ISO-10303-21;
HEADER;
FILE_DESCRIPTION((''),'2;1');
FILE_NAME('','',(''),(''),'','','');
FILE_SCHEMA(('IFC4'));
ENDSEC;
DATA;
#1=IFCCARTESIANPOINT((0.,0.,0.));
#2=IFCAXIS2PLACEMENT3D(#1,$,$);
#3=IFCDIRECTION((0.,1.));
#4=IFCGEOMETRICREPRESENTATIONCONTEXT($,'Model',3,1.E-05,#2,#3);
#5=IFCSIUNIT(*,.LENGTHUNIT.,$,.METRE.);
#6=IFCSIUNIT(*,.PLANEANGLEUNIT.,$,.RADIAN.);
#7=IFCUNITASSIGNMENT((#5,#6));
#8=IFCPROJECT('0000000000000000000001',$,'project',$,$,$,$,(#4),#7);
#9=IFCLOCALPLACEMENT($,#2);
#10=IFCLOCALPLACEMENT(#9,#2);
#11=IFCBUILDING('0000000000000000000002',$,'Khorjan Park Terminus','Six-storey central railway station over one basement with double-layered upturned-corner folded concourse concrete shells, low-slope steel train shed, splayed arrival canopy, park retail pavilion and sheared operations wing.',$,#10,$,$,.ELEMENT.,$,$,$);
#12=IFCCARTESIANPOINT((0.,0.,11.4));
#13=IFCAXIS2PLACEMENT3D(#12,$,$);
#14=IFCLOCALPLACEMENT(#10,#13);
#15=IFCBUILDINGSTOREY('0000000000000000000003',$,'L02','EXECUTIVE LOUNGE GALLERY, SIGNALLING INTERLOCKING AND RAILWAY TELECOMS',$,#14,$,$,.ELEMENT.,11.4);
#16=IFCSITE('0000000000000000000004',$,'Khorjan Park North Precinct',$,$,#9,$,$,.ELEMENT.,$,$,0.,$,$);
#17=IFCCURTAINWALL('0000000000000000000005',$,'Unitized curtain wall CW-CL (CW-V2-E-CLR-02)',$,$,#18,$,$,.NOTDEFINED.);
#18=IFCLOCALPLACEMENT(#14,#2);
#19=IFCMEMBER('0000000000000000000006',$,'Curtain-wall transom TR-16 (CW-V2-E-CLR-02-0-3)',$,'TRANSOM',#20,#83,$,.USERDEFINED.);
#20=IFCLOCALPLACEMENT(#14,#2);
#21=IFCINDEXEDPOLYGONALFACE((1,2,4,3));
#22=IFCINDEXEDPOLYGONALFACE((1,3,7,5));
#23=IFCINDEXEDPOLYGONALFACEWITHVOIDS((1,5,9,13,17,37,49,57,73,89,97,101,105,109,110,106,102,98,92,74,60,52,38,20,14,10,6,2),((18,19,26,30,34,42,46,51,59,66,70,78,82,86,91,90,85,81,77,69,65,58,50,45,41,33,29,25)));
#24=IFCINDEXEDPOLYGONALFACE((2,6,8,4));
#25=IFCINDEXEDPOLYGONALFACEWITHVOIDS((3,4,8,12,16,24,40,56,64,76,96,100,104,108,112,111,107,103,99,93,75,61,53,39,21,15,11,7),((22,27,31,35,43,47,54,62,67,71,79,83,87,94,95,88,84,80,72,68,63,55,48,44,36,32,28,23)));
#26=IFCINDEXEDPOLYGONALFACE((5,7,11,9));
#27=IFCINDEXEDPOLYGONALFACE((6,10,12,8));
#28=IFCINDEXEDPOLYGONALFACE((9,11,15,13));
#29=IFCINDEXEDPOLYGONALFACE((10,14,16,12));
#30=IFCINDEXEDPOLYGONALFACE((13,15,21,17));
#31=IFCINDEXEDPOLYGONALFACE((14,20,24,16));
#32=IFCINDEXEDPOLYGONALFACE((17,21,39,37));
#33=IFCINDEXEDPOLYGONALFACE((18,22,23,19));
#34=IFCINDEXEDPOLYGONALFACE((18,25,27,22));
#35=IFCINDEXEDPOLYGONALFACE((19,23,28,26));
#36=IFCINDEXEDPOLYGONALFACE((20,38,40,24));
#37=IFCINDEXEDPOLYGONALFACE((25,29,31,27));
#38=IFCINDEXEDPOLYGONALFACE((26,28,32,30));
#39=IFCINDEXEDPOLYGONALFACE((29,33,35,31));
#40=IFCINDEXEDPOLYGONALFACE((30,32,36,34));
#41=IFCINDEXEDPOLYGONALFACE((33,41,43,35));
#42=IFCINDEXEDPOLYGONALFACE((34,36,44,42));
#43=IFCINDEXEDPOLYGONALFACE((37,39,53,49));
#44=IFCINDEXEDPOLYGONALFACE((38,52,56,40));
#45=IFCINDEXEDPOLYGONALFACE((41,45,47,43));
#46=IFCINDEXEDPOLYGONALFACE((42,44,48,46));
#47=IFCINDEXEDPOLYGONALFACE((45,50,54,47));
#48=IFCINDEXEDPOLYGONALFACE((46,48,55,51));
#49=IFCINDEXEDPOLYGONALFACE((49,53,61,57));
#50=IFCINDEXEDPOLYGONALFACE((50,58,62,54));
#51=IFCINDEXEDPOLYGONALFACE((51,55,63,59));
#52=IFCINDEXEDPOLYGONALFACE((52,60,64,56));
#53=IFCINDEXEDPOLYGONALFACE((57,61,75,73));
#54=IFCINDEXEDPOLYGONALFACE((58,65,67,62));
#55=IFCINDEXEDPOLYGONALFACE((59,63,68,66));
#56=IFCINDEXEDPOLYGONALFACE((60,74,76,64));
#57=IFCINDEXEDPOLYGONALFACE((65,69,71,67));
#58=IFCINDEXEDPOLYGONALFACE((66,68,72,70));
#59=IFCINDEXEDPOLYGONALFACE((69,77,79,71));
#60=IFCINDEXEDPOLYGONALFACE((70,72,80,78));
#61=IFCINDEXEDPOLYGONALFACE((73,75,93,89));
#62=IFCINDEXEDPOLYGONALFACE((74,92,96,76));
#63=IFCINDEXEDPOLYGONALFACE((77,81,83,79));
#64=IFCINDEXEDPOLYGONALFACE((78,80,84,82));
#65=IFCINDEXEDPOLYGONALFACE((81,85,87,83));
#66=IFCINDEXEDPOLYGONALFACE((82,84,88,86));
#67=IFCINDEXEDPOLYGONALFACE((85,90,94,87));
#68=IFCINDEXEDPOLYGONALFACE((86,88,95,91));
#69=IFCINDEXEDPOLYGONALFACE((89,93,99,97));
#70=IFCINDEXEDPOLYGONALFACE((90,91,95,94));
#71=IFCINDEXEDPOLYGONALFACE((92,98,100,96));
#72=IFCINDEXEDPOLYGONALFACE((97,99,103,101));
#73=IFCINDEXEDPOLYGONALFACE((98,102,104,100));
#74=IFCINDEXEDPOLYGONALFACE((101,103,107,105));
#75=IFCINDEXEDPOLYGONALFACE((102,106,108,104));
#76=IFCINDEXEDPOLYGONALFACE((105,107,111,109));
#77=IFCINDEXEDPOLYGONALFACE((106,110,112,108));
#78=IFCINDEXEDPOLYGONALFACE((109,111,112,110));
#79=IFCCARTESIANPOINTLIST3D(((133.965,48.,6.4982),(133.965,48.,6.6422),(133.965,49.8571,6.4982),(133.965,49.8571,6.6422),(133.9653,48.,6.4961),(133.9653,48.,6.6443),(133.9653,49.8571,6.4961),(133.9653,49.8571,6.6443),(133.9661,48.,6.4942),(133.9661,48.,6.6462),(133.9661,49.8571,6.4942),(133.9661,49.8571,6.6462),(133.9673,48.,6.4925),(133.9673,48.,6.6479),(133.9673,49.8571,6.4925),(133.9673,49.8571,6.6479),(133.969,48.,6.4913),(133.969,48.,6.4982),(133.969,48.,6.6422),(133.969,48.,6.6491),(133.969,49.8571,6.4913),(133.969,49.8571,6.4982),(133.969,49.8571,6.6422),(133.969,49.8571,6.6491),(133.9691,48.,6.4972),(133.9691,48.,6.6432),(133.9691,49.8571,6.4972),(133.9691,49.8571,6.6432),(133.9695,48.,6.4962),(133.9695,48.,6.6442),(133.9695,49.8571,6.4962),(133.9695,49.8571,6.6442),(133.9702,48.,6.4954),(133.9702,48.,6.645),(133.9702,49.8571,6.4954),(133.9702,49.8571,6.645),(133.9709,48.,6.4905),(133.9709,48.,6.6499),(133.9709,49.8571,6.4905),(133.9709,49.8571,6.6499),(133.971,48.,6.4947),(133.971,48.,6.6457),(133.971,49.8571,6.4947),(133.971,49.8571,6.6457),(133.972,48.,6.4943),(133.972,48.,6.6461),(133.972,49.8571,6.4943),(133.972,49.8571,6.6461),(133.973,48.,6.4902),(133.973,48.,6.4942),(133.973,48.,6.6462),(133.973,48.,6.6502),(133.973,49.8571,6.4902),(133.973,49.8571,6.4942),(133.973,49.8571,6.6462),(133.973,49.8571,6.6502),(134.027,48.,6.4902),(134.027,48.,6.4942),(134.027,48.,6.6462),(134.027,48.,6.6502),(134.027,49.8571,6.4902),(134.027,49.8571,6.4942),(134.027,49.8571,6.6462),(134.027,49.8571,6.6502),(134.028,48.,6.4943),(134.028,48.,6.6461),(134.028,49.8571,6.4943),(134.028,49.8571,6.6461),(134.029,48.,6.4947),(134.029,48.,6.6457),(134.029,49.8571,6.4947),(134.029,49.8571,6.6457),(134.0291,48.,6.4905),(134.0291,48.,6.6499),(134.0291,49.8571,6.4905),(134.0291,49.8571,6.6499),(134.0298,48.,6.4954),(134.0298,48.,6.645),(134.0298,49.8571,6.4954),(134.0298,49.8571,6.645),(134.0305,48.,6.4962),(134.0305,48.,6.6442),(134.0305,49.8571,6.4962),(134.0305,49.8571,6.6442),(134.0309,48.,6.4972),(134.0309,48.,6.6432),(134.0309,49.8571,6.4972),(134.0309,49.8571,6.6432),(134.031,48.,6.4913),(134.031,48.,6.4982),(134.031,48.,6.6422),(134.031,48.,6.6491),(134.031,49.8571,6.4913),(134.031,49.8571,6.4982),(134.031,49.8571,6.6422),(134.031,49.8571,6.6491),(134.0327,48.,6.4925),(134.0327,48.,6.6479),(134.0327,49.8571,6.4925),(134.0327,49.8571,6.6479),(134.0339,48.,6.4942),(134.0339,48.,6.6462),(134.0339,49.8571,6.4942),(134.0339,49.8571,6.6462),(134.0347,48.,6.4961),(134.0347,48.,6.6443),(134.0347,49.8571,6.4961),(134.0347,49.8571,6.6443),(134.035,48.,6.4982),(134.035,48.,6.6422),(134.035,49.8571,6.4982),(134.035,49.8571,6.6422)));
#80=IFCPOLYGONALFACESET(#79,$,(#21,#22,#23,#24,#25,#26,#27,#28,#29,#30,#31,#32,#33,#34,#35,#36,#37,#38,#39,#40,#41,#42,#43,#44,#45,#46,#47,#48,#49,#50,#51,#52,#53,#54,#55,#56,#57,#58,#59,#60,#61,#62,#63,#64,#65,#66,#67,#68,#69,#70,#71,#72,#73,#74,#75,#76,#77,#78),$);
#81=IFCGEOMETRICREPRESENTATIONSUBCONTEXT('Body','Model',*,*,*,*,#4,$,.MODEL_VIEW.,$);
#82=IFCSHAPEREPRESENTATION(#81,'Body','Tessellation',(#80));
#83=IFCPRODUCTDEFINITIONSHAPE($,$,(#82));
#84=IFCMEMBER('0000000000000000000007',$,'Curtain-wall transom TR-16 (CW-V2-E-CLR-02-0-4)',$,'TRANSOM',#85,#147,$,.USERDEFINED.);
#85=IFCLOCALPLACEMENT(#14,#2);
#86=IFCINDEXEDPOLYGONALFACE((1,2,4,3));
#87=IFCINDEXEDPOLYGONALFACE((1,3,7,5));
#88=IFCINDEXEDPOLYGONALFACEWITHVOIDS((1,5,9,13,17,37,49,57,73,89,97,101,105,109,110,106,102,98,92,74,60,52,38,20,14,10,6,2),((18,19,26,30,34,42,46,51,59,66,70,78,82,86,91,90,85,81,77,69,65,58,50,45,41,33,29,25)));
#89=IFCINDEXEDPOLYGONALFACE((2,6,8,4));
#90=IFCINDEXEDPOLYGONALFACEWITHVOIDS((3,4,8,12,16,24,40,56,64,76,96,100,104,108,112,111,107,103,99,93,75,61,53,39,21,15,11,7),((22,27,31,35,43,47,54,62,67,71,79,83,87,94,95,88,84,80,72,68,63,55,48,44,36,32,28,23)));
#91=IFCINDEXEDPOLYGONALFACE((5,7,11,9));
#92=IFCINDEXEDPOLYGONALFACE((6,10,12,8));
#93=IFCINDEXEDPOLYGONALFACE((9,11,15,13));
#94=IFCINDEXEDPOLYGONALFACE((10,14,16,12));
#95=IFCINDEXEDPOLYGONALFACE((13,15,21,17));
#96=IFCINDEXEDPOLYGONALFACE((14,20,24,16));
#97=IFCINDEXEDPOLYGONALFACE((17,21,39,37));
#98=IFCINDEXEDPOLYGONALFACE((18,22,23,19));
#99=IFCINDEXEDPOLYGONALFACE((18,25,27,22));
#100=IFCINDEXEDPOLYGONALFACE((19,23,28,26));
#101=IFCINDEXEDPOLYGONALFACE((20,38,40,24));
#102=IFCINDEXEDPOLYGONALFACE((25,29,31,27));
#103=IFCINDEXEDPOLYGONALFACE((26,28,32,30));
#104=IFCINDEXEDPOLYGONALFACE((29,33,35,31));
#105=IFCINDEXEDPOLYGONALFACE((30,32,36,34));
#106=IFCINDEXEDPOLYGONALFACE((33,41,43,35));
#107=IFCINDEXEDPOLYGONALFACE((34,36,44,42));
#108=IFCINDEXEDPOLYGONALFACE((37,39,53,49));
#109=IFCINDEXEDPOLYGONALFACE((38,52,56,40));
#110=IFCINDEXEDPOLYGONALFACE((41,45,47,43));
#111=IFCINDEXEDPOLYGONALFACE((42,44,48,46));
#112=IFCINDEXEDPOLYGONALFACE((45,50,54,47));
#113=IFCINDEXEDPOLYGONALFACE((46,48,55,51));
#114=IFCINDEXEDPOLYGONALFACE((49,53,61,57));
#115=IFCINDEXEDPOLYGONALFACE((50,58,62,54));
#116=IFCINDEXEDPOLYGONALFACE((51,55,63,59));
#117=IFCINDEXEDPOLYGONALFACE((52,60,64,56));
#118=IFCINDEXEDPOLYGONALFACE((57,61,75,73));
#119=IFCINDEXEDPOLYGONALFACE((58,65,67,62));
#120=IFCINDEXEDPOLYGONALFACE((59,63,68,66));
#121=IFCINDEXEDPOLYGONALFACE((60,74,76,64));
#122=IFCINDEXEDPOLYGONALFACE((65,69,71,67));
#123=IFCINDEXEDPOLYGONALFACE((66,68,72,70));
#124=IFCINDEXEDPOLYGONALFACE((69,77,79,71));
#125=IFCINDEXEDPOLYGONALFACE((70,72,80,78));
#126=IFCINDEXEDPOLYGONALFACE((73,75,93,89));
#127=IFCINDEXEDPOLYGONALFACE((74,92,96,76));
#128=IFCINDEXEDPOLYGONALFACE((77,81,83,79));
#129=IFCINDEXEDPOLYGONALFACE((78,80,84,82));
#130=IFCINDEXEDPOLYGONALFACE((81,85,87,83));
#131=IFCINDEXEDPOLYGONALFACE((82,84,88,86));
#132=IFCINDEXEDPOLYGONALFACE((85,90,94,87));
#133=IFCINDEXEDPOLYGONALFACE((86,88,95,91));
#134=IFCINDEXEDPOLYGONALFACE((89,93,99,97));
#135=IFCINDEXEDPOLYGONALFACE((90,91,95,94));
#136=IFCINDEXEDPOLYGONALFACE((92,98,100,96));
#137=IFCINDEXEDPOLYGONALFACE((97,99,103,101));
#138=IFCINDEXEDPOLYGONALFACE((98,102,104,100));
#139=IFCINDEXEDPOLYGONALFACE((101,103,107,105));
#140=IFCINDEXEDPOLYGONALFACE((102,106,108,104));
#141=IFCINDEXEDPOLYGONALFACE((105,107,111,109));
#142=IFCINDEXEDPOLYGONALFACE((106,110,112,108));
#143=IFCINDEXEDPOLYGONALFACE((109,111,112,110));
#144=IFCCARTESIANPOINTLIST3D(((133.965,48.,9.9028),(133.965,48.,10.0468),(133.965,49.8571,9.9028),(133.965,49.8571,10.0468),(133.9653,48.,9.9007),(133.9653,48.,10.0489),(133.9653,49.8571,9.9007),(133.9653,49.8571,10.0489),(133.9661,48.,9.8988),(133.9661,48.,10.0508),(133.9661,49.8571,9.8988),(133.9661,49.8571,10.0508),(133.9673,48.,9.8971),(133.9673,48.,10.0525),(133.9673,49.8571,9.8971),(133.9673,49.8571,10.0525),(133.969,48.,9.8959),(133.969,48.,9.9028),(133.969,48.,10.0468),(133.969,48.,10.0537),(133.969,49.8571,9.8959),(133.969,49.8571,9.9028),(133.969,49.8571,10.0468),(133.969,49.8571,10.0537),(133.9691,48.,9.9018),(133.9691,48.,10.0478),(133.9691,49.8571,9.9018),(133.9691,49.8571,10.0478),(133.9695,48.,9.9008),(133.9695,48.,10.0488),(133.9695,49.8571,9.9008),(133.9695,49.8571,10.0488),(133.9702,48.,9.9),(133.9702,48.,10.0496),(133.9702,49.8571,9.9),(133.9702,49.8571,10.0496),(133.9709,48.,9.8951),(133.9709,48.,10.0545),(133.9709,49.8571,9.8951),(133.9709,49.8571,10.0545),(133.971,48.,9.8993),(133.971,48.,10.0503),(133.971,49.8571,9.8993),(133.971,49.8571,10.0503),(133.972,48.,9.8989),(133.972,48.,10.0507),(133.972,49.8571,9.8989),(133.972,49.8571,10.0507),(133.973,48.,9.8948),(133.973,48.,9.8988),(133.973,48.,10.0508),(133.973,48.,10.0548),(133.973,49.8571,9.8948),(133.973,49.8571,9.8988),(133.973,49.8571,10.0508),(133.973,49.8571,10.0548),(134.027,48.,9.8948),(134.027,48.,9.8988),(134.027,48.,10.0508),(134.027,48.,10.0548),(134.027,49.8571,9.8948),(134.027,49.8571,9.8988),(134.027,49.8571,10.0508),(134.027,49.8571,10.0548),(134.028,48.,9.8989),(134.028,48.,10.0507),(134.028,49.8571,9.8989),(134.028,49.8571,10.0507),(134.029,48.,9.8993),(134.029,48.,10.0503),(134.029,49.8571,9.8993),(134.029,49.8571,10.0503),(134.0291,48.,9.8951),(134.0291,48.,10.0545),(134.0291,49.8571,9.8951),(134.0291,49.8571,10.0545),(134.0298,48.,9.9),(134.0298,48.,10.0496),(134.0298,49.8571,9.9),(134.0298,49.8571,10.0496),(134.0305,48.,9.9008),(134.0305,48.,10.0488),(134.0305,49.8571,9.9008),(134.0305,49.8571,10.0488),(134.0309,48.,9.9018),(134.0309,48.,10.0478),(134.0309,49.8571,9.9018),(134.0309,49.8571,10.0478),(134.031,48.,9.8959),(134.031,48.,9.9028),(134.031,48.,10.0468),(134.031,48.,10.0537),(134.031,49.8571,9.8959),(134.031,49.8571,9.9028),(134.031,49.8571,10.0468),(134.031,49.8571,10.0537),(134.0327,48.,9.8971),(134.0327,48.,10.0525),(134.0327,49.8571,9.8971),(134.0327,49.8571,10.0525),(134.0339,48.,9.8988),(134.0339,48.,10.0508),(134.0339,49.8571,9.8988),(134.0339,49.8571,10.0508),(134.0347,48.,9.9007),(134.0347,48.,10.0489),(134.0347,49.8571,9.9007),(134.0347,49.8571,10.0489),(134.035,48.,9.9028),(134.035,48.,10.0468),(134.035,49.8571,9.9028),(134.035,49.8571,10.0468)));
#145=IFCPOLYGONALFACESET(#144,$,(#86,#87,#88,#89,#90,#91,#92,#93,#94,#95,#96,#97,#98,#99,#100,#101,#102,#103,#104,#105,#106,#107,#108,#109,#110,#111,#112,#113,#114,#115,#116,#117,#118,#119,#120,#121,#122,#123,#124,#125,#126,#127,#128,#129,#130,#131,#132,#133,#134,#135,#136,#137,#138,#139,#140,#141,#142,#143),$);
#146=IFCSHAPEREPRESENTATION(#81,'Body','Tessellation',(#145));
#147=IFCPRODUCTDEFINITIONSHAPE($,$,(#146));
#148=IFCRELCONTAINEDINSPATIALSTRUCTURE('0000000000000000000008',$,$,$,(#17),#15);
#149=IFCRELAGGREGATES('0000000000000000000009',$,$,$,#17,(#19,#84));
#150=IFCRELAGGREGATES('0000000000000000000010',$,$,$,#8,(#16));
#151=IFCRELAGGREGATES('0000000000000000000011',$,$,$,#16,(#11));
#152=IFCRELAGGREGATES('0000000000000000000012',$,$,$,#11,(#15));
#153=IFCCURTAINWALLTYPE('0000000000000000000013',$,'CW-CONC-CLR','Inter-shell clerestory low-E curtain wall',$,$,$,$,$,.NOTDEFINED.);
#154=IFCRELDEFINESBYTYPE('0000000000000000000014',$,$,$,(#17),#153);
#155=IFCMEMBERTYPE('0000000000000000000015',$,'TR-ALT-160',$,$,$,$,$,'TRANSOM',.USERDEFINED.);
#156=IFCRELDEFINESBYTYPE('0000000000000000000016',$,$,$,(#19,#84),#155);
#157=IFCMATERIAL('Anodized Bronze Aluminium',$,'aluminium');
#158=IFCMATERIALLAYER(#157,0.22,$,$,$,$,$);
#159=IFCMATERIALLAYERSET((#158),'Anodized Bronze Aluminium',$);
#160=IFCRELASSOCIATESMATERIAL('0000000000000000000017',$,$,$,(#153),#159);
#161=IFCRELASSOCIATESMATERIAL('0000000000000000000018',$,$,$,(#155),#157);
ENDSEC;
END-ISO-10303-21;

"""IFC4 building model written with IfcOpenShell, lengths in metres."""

from ifc_helpers import new_model, si_unit, direction, frame, origin, origin_2d, place, context, subcontext, project, spatial, hollow_rectangle, extrude, material, layer, layer_set, material_profile, profile_set, type_object, element, aggregate, save


model = new_model("IFC4")

# Units and contexts
model_context = context("Model", 3, precision=1e-05, world=origin(), true_north=direction((0.0, 1.0)))
body_context = subcontext(model_context, "Body", "Model", "MODEL_VIEW")
ifc_project = project(units=[si_unit("LENGTHUNIT", "METRE"), si_unit("PLANEANGLEUNIT", "RADIAN")], contexts=[model_context])

# Site, building, storey
site_placement = place(None, origin())
site = spatial("IfcSite", under=ifc_project, at=site_placement, Name="Khorjan Park North Precinct", CompositionType="ELEMENT", RefElevation=0.0)
building_placement = place(site_placement, origin())
building = spatial("IfcBuilding", under=site, at=building_placement, Name="Khorjan Park Terminus", Description="Six-storey central railway station over one basement with double-layered upturned-corner folded concourse concrete shells, low-slope steel train shed, splayed arrival canopy, park retail pavilion and sheared operations wing.", CompositionType="ELEMENT")
storey_placement = place(building_placement, frame((0.0, 0.0, 11.4)))
storey = spatial("IfcBuildingStorey", under=building, at=storey_placement, Name="L02", Description="EXECUTIVE LOUNGE GALLERY, SIGNALLING INTERLOCKING AND RAILWAY TELECOMS", CompositionType="ELEMENT", Elevation=11.4)

# Shared definitions
ifc_material_1 = material(Name="Anodized Bronze Aluminium", Category="aluminium")
ifc_layer_1 = layer(ifc_material_1, 0.22)
ifc_layer_set_1 = layer_set([ifc_layer_1], Name="Anodized Bronze Aluminium")
curtain_wall_type = type_object("IfcCurtainWallType", Name="CW-CONC-CLR", Description="Inter-shell clerestory low-E curtain wall", PredefinedType="NOTDEFINED", material=ifc_layer_set_1)

# Curtain wall, members
curtain_wall_1_placement = place(storey_placement, origin())
curtain_wall_1 = element("IfcCurtainWall", 1, at=curtain_wall_1_placement, inside=storey, type_object=curtain_wall_type, Name="Unitized curtain wall CW-CL (CW-V2-E-CLR-02)", PredefinedType="NOTDEFINED")
ifc_material_profile_1 = material_profile(ifc_material_1, hollow_rectangle(XDim=0.07, YDim=0.16, WallThickness=0.004, InnerFilletRadius=0.004, OuterFilletRadius=0.008, at=origin_2d()), Name="ALT 70x160x4")
ifc_profile_set_1 = profile_set([ifc_material_profile_1], Name="Anodized Bronze Aluminium")
member_type_1 = type_object("IfcMemberType", Name="TR-ALT-160", ElementType="TRANSOM", PredefinedType="USERDEFINED", material=ifc_profile_set_1)
member_1_placement = place(storey_placement, frame((134.0, 48.0, 6.5702), z_axis=(0.0, 1.0, 0.0), x_axis=(-1.0, 0.0, 0.0)))
member_1 = element("IfcMember", 2, at=member_1_placement, type_object=member_type_1, Name="Curtain-wall transom TR-16 (CW-V2-E-CLR-02-0-3)", ObjectType="TRANSOM", PredefinedType="USERDEFINED", context=body_context, shape_type="SweptSolid", body=[
    extrude(hollow_rectangle(XDim=0.07, YDim=0.16, WallThickness=0.004, InnerFilletRadius=0.004, OuterFilletRadius=0.008, at=origin_2d()), origin(), (0.0, 0.0, 1.0), 1.8571),
])
member_2_placement = place(storey_placement, frame((134.0, 48.0, 9.9748), z_axis=(0.0, 1.0, 0.0), x_axis=(-1.0, 0.0, 0.0)))
member_2 = element("IfcMember", 3, at=member_2_placement, type_object=member_type_1, Name="Curtain-wall transom TR-16 (CW-V2-E-CLR-02-0-4)", ObjectType="TRANSOM", PredefinedType="USERDEFINED", context=body_context, shape_type="SweptSolid", body=[
    extrude(hollow_rectangle(XDim=0.07, YDim=0.16, WallThickness=0.004, InnerFilletRadius=0.004, OuterFilletRadius=0.008, at=origin_2d()), origin(), (0.0, 0.0, 1.0), 1.8571),
])

aggregate(curtain_wall_1, [member_1, member_2])

save(model, "model.ifc")
